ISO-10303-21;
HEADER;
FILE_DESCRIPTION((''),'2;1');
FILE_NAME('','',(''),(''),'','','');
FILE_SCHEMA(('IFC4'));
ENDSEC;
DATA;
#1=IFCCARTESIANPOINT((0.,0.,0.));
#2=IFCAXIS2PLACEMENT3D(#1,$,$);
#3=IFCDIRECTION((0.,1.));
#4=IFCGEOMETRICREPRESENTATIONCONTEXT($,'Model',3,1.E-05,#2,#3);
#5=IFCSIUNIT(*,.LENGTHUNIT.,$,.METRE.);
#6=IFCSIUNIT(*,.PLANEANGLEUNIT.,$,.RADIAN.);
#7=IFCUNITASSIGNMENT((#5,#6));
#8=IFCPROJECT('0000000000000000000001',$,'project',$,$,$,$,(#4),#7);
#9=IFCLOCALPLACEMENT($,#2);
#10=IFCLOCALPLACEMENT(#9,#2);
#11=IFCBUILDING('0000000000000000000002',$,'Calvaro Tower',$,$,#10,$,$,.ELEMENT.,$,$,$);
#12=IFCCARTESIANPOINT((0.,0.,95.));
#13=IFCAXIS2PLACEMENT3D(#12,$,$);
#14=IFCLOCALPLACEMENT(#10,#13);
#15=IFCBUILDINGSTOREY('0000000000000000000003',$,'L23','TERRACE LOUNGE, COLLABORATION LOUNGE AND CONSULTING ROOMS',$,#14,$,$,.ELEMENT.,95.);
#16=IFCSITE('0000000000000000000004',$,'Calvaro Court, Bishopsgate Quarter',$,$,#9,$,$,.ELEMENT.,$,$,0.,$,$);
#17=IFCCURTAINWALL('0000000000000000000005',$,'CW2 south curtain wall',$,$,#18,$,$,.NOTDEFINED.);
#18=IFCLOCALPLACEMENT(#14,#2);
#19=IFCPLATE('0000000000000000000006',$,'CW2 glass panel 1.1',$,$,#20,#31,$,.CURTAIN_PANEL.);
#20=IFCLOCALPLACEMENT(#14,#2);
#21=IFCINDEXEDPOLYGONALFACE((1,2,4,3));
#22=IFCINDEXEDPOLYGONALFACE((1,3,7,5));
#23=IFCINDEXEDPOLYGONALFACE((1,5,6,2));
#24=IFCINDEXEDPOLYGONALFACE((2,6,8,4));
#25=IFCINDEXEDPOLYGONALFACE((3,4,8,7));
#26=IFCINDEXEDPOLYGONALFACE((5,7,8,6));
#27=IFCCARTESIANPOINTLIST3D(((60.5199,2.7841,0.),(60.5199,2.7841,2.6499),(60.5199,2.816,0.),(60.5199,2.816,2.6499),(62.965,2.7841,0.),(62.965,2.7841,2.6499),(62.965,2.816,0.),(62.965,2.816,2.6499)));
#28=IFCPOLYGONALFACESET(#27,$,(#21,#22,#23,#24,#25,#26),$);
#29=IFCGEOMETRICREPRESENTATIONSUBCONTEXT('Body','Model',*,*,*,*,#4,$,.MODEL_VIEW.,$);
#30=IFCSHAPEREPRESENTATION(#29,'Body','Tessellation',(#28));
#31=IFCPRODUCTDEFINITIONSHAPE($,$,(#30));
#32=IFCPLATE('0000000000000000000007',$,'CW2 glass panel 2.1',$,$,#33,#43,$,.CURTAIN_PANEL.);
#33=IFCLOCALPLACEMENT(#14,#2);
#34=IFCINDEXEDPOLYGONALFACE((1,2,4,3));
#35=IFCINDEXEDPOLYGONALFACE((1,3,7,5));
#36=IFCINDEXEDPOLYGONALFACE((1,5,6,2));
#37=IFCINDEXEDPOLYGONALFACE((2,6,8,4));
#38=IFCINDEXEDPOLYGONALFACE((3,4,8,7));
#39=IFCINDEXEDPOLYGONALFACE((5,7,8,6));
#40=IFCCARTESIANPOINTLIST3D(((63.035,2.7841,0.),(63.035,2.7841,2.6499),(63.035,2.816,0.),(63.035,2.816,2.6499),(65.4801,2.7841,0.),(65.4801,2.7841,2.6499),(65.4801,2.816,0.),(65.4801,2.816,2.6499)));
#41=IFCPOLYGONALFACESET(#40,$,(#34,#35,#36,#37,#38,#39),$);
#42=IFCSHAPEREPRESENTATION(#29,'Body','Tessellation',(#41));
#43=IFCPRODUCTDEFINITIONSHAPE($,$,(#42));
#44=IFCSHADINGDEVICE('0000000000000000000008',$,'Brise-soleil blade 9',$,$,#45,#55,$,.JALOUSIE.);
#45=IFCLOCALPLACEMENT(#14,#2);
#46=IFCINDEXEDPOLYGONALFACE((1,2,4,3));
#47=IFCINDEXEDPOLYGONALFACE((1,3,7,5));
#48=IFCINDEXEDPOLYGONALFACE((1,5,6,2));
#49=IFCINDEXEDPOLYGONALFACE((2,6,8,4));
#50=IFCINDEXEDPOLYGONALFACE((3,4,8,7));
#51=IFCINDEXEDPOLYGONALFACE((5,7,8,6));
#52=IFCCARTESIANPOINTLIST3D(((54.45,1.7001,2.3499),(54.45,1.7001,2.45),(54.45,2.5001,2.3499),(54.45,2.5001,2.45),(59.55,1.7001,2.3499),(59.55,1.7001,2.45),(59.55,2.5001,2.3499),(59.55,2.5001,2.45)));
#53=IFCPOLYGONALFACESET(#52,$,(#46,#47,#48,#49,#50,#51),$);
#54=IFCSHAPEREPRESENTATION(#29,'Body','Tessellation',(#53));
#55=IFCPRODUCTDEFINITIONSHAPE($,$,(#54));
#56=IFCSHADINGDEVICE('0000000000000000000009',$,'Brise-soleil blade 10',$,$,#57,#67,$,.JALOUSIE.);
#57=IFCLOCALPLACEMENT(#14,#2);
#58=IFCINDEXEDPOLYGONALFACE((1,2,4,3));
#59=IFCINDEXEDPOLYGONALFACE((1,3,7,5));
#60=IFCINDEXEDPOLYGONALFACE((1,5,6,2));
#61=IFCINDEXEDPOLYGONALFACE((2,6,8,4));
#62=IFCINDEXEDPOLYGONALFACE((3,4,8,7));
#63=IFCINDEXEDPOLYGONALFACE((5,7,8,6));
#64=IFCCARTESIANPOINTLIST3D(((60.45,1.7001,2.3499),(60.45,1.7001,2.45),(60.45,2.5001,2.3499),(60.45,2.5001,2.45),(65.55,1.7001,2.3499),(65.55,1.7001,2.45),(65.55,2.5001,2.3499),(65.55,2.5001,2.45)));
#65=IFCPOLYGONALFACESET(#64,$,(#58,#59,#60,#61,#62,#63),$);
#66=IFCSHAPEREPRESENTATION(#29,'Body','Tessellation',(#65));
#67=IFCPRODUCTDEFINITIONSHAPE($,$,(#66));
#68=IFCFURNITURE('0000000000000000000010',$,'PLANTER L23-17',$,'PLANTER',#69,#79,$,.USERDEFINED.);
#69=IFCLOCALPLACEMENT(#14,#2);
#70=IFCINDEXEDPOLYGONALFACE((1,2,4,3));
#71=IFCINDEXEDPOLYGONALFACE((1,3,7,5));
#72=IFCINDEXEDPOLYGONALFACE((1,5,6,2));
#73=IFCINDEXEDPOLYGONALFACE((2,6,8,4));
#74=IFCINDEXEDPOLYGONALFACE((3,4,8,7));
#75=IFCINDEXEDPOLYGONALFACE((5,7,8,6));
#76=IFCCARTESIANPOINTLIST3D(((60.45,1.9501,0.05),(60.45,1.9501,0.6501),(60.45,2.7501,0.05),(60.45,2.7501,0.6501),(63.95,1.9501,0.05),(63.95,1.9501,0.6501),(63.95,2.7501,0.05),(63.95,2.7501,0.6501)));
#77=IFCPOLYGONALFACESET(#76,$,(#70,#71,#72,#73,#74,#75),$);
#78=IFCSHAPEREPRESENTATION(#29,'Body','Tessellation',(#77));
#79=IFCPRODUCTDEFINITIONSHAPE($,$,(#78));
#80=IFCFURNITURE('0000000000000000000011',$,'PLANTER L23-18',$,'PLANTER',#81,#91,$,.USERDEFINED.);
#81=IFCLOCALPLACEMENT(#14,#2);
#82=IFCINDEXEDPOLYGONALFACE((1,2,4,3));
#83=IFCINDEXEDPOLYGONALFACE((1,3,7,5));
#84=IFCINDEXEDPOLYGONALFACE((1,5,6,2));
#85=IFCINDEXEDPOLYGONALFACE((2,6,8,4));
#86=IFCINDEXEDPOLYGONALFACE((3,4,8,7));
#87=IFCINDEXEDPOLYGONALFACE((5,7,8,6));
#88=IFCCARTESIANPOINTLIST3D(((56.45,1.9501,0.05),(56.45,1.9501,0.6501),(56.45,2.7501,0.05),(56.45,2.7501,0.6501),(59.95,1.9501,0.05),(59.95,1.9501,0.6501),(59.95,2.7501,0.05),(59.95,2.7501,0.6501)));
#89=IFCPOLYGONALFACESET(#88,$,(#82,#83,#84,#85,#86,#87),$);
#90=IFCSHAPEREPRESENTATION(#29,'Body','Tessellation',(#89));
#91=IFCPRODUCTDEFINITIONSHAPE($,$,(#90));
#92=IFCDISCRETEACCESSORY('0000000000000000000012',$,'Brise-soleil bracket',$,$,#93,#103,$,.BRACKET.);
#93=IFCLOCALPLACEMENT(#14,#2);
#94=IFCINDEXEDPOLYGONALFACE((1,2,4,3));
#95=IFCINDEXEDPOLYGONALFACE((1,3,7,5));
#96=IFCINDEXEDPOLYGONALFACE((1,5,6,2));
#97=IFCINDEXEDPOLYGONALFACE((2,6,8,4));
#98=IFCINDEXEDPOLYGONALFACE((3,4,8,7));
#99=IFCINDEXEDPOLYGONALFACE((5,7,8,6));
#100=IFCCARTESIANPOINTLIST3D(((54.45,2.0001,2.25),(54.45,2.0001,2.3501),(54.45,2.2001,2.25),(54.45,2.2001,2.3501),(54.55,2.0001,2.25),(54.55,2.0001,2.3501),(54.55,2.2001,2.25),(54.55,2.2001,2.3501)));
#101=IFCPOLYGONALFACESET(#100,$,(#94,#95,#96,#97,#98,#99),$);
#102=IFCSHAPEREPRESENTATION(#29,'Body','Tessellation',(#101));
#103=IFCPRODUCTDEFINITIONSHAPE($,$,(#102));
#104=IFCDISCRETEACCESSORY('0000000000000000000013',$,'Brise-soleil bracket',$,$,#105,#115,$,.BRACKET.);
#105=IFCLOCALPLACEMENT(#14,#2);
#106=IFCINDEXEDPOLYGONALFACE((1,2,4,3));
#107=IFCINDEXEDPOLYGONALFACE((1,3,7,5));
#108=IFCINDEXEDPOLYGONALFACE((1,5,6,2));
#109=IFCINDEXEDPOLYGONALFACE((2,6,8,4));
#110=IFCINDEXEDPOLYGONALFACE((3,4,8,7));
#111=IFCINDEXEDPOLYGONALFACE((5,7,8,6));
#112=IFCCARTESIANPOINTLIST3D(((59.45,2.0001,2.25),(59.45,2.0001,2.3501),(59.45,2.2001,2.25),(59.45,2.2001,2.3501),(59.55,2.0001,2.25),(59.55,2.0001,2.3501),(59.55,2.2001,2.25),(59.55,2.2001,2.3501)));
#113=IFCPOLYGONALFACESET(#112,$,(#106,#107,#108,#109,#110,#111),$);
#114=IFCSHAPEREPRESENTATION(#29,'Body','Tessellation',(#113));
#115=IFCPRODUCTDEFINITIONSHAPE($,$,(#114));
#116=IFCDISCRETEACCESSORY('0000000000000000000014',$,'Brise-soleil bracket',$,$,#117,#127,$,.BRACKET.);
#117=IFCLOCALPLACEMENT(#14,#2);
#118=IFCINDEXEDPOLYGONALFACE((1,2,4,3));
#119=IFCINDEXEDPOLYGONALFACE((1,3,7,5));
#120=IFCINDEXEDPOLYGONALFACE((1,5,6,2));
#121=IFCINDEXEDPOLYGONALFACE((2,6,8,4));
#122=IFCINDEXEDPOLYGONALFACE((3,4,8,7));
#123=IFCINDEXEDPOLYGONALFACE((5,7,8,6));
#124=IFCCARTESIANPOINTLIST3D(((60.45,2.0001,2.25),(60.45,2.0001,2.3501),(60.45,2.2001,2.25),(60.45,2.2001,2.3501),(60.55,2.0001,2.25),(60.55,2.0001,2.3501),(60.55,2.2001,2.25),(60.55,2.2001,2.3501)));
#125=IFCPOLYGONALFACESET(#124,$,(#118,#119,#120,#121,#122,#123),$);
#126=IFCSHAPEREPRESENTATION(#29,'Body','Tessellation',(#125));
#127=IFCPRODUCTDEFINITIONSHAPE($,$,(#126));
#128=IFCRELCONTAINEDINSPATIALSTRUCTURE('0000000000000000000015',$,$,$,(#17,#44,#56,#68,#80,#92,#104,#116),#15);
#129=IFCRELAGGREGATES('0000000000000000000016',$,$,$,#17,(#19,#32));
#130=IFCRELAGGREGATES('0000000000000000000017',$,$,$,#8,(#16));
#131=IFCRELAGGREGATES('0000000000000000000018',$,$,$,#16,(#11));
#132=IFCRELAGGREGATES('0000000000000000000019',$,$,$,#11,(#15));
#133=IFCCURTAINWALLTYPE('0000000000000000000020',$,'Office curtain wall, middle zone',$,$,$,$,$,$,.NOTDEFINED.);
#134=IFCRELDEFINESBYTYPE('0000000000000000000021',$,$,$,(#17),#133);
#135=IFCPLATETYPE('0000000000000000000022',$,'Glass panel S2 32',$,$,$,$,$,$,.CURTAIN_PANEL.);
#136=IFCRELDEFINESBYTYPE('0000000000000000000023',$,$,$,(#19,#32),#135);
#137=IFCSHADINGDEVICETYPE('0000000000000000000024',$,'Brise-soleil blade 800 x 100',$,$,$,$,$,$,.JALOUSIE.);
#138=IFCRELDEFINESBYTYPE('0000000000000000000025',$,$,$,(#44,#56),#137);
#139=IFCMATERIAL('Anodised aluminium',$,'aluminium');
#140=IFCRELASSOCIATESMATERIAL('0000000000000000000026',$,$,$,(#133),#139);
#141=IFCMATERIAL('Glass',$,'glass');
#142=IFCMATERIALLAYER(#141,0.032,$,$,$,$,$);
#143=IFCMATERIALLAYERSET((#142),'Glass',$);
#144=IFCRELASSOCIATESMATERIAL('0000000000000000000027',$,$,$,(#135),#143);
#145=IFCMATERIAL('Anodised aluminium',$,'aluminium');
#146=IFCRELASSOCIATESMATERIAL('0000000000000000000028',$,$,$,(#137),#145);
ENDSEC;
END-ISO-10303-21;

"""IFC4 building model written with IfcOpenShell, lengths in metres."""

from ifc_helpers import new_model, si_unit, direction, frame, origin, origin_2d, place, context, subcontext, project, spatial, rectangle, extrude, material, layer, layer_set, material_profile, profile_set, type_object, element, aggregate, save


model = new_model("IFC4")

# Units and contexts
model_context = context("Model", 3, precision=1e-05, world=origin(), true_north=direction((0.0, 1.0)))
body_context = subcontext(model_context, "Body", "Model", "MODEL_VIEW")
ifc_project = project(units=[si_unit("LENGTHUNIT", "METRE"), si_unit("PLANEANGLEUNIT", "RADIAN")], contexts=[model_context])

# Site, building, storey
site_placement = place(None, origin())
site = spatial("IfcSite", under=ifc_project, at=site_placement, Name="Calvaro Court, Bishopsgate Quarter", CompositionType="ELEMENT", RefElevation=0.0)
building_placement = place(site_placement, origin())
building = spatial("IfcBuilding", under=site, at=building_placement, Name="Calvaro Tower", CompositionType="ELEMENT")
storey_placement = place(building_placement, frame((0.0, 0.0, 95.0)))
storey = spatial("IfcBuildingStorey", under=building, at=storey_placement, Name="L23", Description="TERRACE LOUNGE, COLLABORATION LOUNGE AND CONSULTING ROOMS", CompositionType="ELEMENT", Elevation=95.0)

# Curtain wall
ifc_material_1 = material(Name="Anodised aluminium", Category="aluminium")
curtain_wall_type = type_object("IfcCurtainWallType", Name="Office curtain wall, middle zone", PredefinedType="NOTDEFINED", material=ifc_material_1)
curtain_wall_1_placement = place(storey_placement, origin())
curtain_wall_1 = element("IfcCurtainWall", 1, at=curtain_wall_1_placement, inside=storey, type_object=curtain_wall_type, Name="CW2 south curtain wall", PredefinedType="NOTDEFINED")

# Plates
ifc_material_2 = material(Name="Glass", Category="glass")
ifc_layer = layer(ifc_material_2, 0.032)
ifc_layer_set = layer_set([ifc_layer], Name="Glass")
plate_type = type_object("IfcPlateType", Name="Glass panel S2 32", PredefinedType="CURTAIN_PANEL", material=ifc_layer_set)
plate_1_placement = place(storey_placement, frame((61.7424, 2.8, 0.0), z_axis=(0.0, 0.0, 1.0), x_axis=(1.0, 0.0, 0.0)))
plate_1 = element("IfcPlate", 2, at=plate_1_placement, type_object=plate_type, Name="CW2 glass panel 1.1", PredefinedType="CURTAIN_PANEL", context=body_context, shape_type="SweptSolid", body=[
    extrude(rectangle(XDim=2.4451, YDim=0.032, at=origin_2d()), origin(), (0.0, 0.0, 1.0), 2.6499),
])
plate_2_placement = place(storey_placement, frame((64.2576, 2.8, 0.0), z_axis=(0.0, 0.0, 1.0), x_axis=(1.0, 0.0, 0.0)))
plate_2 = element("IfcPlate", 3, at=plate_2_placement, type_object=plate_type, Name="CW2 glass panel 2.1", PredefinedType="CURTAIN_PANEL", context=body_context, shape_type="SweptSolid", body=[
    extrude(rectangle(XDim=2.4451, YDim=0.032, at=origin_2d()), origin(), (0.0, 0.0, 1.0), 2.6499),
])
aggregate(curtain_wall_1, [plate_1, plate_2])

# Shading devices
ifc_material_3 = material(Name="Anodised aluminium", Category="aluminium")
ifc_material_profile_1 = material_profile(ifc_material_3, rectangle(XDim=0.8, YDim=0.1001, at=origin_2d()), Name="Brise-soleil blade 800 x 100")
ifc_profile_set_1 = profile_set([ifc_material_profile_1], Name="Anodised aluminium")
shading_device_type = type_object("IfcShadingDeviceType", Name="Brise-soleil blade 800 x 100", PredefinedType="JALOUSIE", material=ifc_profile_set_1)
for number, where, z_axis, x_axis, name in (
    (4, (54.45, 2.1001, 2.3999), (1.0, 0.0, 0.0), (0.0, 1.0, 0.0), "Brise-soleil blade 9"),
    (5, (60.45, 2.1001, 2.3999), (1.0, 0.0, 0.0), (0.0, 1.0, 0.0), "Brise-soleil blade 10"),
):
    element("IfcShadingDevice", number, at=place(storey_placement, frame(where, z_axis=z_axis, x_axis=x_axis)), inside=storey, type_object=shading_device_type, Name=name, PredefinedType="JALOUSIE", context=body_context, shape_type="SweptSolid", body=[
        extrude(rectangle(XDim=0.8, YDim=0.1001, at=origin_2d()), origin(), (0.0, 0.0, 1.0), 5.1001),
    ])

# Furniture
for number, where, z_axis, x_axis, name in (
    (6, (62.2, 2.3501, 0.05), (0.0, 0.0, 1.0), (1.0, 0.0, 0.0), "PLANTER L23-17"),
    (7, (58.2, 2.3501, 0.05), (0.0, 0.0, 1.0), (1.0, 0.0, 0.0), "PLANTER L23-18"),
):
    element("IfcFurniture", number, at=place(storey_placement, frame(where, z_axis=z_axis, x_axis=x_axis)), inside=storey, Name=name, ObjectType="PLANTER", PredefinedType="USERDEFINED", context=body_context, shape_type="SweptSolid", body=[
        extrude(rectangle(XDim=3.5, YDim=0.8, at=origin_2d()), origin(), (0.0, 0.0, 1.0), 0.6001),
    ])

# Discrete accessories
for number, where, z_axis, x_axis, name in (
    (8, (54.5, 2.1001, 2.25), (0.0, 0.0, 1.0), (1.0, 0.0, 0.0), "Brise-soleil bracket"),
    (9, (59.5, 2.1001, 2.25), (0.0, 0.0, 1.0), (1.0, 0.0, 0.0), "Brise-soleil bracket"),
    (10, (60.5, 2.1001, 2.25), (0.0, 0.0, 1.0), (1.0, 0.0, 0.0), "Brise-soleil bracket"),
):
    element("IfcDiscreteAccessory", number, at=place(storey_placement, frame(where, z_axis=z_axis, x_axis=x_axis)), inside=storey, Name=name, PredefinedType="BRACKET", context=body_context, shape_type="SweptSolid", body=[
        extrude(rectangle(XDim=0.1001, YDim=0.2, at=origin_2d()), origin(), (0.0, 0.0, 1.0), 0.1001),
    ])

save(model, "model.ifc")
